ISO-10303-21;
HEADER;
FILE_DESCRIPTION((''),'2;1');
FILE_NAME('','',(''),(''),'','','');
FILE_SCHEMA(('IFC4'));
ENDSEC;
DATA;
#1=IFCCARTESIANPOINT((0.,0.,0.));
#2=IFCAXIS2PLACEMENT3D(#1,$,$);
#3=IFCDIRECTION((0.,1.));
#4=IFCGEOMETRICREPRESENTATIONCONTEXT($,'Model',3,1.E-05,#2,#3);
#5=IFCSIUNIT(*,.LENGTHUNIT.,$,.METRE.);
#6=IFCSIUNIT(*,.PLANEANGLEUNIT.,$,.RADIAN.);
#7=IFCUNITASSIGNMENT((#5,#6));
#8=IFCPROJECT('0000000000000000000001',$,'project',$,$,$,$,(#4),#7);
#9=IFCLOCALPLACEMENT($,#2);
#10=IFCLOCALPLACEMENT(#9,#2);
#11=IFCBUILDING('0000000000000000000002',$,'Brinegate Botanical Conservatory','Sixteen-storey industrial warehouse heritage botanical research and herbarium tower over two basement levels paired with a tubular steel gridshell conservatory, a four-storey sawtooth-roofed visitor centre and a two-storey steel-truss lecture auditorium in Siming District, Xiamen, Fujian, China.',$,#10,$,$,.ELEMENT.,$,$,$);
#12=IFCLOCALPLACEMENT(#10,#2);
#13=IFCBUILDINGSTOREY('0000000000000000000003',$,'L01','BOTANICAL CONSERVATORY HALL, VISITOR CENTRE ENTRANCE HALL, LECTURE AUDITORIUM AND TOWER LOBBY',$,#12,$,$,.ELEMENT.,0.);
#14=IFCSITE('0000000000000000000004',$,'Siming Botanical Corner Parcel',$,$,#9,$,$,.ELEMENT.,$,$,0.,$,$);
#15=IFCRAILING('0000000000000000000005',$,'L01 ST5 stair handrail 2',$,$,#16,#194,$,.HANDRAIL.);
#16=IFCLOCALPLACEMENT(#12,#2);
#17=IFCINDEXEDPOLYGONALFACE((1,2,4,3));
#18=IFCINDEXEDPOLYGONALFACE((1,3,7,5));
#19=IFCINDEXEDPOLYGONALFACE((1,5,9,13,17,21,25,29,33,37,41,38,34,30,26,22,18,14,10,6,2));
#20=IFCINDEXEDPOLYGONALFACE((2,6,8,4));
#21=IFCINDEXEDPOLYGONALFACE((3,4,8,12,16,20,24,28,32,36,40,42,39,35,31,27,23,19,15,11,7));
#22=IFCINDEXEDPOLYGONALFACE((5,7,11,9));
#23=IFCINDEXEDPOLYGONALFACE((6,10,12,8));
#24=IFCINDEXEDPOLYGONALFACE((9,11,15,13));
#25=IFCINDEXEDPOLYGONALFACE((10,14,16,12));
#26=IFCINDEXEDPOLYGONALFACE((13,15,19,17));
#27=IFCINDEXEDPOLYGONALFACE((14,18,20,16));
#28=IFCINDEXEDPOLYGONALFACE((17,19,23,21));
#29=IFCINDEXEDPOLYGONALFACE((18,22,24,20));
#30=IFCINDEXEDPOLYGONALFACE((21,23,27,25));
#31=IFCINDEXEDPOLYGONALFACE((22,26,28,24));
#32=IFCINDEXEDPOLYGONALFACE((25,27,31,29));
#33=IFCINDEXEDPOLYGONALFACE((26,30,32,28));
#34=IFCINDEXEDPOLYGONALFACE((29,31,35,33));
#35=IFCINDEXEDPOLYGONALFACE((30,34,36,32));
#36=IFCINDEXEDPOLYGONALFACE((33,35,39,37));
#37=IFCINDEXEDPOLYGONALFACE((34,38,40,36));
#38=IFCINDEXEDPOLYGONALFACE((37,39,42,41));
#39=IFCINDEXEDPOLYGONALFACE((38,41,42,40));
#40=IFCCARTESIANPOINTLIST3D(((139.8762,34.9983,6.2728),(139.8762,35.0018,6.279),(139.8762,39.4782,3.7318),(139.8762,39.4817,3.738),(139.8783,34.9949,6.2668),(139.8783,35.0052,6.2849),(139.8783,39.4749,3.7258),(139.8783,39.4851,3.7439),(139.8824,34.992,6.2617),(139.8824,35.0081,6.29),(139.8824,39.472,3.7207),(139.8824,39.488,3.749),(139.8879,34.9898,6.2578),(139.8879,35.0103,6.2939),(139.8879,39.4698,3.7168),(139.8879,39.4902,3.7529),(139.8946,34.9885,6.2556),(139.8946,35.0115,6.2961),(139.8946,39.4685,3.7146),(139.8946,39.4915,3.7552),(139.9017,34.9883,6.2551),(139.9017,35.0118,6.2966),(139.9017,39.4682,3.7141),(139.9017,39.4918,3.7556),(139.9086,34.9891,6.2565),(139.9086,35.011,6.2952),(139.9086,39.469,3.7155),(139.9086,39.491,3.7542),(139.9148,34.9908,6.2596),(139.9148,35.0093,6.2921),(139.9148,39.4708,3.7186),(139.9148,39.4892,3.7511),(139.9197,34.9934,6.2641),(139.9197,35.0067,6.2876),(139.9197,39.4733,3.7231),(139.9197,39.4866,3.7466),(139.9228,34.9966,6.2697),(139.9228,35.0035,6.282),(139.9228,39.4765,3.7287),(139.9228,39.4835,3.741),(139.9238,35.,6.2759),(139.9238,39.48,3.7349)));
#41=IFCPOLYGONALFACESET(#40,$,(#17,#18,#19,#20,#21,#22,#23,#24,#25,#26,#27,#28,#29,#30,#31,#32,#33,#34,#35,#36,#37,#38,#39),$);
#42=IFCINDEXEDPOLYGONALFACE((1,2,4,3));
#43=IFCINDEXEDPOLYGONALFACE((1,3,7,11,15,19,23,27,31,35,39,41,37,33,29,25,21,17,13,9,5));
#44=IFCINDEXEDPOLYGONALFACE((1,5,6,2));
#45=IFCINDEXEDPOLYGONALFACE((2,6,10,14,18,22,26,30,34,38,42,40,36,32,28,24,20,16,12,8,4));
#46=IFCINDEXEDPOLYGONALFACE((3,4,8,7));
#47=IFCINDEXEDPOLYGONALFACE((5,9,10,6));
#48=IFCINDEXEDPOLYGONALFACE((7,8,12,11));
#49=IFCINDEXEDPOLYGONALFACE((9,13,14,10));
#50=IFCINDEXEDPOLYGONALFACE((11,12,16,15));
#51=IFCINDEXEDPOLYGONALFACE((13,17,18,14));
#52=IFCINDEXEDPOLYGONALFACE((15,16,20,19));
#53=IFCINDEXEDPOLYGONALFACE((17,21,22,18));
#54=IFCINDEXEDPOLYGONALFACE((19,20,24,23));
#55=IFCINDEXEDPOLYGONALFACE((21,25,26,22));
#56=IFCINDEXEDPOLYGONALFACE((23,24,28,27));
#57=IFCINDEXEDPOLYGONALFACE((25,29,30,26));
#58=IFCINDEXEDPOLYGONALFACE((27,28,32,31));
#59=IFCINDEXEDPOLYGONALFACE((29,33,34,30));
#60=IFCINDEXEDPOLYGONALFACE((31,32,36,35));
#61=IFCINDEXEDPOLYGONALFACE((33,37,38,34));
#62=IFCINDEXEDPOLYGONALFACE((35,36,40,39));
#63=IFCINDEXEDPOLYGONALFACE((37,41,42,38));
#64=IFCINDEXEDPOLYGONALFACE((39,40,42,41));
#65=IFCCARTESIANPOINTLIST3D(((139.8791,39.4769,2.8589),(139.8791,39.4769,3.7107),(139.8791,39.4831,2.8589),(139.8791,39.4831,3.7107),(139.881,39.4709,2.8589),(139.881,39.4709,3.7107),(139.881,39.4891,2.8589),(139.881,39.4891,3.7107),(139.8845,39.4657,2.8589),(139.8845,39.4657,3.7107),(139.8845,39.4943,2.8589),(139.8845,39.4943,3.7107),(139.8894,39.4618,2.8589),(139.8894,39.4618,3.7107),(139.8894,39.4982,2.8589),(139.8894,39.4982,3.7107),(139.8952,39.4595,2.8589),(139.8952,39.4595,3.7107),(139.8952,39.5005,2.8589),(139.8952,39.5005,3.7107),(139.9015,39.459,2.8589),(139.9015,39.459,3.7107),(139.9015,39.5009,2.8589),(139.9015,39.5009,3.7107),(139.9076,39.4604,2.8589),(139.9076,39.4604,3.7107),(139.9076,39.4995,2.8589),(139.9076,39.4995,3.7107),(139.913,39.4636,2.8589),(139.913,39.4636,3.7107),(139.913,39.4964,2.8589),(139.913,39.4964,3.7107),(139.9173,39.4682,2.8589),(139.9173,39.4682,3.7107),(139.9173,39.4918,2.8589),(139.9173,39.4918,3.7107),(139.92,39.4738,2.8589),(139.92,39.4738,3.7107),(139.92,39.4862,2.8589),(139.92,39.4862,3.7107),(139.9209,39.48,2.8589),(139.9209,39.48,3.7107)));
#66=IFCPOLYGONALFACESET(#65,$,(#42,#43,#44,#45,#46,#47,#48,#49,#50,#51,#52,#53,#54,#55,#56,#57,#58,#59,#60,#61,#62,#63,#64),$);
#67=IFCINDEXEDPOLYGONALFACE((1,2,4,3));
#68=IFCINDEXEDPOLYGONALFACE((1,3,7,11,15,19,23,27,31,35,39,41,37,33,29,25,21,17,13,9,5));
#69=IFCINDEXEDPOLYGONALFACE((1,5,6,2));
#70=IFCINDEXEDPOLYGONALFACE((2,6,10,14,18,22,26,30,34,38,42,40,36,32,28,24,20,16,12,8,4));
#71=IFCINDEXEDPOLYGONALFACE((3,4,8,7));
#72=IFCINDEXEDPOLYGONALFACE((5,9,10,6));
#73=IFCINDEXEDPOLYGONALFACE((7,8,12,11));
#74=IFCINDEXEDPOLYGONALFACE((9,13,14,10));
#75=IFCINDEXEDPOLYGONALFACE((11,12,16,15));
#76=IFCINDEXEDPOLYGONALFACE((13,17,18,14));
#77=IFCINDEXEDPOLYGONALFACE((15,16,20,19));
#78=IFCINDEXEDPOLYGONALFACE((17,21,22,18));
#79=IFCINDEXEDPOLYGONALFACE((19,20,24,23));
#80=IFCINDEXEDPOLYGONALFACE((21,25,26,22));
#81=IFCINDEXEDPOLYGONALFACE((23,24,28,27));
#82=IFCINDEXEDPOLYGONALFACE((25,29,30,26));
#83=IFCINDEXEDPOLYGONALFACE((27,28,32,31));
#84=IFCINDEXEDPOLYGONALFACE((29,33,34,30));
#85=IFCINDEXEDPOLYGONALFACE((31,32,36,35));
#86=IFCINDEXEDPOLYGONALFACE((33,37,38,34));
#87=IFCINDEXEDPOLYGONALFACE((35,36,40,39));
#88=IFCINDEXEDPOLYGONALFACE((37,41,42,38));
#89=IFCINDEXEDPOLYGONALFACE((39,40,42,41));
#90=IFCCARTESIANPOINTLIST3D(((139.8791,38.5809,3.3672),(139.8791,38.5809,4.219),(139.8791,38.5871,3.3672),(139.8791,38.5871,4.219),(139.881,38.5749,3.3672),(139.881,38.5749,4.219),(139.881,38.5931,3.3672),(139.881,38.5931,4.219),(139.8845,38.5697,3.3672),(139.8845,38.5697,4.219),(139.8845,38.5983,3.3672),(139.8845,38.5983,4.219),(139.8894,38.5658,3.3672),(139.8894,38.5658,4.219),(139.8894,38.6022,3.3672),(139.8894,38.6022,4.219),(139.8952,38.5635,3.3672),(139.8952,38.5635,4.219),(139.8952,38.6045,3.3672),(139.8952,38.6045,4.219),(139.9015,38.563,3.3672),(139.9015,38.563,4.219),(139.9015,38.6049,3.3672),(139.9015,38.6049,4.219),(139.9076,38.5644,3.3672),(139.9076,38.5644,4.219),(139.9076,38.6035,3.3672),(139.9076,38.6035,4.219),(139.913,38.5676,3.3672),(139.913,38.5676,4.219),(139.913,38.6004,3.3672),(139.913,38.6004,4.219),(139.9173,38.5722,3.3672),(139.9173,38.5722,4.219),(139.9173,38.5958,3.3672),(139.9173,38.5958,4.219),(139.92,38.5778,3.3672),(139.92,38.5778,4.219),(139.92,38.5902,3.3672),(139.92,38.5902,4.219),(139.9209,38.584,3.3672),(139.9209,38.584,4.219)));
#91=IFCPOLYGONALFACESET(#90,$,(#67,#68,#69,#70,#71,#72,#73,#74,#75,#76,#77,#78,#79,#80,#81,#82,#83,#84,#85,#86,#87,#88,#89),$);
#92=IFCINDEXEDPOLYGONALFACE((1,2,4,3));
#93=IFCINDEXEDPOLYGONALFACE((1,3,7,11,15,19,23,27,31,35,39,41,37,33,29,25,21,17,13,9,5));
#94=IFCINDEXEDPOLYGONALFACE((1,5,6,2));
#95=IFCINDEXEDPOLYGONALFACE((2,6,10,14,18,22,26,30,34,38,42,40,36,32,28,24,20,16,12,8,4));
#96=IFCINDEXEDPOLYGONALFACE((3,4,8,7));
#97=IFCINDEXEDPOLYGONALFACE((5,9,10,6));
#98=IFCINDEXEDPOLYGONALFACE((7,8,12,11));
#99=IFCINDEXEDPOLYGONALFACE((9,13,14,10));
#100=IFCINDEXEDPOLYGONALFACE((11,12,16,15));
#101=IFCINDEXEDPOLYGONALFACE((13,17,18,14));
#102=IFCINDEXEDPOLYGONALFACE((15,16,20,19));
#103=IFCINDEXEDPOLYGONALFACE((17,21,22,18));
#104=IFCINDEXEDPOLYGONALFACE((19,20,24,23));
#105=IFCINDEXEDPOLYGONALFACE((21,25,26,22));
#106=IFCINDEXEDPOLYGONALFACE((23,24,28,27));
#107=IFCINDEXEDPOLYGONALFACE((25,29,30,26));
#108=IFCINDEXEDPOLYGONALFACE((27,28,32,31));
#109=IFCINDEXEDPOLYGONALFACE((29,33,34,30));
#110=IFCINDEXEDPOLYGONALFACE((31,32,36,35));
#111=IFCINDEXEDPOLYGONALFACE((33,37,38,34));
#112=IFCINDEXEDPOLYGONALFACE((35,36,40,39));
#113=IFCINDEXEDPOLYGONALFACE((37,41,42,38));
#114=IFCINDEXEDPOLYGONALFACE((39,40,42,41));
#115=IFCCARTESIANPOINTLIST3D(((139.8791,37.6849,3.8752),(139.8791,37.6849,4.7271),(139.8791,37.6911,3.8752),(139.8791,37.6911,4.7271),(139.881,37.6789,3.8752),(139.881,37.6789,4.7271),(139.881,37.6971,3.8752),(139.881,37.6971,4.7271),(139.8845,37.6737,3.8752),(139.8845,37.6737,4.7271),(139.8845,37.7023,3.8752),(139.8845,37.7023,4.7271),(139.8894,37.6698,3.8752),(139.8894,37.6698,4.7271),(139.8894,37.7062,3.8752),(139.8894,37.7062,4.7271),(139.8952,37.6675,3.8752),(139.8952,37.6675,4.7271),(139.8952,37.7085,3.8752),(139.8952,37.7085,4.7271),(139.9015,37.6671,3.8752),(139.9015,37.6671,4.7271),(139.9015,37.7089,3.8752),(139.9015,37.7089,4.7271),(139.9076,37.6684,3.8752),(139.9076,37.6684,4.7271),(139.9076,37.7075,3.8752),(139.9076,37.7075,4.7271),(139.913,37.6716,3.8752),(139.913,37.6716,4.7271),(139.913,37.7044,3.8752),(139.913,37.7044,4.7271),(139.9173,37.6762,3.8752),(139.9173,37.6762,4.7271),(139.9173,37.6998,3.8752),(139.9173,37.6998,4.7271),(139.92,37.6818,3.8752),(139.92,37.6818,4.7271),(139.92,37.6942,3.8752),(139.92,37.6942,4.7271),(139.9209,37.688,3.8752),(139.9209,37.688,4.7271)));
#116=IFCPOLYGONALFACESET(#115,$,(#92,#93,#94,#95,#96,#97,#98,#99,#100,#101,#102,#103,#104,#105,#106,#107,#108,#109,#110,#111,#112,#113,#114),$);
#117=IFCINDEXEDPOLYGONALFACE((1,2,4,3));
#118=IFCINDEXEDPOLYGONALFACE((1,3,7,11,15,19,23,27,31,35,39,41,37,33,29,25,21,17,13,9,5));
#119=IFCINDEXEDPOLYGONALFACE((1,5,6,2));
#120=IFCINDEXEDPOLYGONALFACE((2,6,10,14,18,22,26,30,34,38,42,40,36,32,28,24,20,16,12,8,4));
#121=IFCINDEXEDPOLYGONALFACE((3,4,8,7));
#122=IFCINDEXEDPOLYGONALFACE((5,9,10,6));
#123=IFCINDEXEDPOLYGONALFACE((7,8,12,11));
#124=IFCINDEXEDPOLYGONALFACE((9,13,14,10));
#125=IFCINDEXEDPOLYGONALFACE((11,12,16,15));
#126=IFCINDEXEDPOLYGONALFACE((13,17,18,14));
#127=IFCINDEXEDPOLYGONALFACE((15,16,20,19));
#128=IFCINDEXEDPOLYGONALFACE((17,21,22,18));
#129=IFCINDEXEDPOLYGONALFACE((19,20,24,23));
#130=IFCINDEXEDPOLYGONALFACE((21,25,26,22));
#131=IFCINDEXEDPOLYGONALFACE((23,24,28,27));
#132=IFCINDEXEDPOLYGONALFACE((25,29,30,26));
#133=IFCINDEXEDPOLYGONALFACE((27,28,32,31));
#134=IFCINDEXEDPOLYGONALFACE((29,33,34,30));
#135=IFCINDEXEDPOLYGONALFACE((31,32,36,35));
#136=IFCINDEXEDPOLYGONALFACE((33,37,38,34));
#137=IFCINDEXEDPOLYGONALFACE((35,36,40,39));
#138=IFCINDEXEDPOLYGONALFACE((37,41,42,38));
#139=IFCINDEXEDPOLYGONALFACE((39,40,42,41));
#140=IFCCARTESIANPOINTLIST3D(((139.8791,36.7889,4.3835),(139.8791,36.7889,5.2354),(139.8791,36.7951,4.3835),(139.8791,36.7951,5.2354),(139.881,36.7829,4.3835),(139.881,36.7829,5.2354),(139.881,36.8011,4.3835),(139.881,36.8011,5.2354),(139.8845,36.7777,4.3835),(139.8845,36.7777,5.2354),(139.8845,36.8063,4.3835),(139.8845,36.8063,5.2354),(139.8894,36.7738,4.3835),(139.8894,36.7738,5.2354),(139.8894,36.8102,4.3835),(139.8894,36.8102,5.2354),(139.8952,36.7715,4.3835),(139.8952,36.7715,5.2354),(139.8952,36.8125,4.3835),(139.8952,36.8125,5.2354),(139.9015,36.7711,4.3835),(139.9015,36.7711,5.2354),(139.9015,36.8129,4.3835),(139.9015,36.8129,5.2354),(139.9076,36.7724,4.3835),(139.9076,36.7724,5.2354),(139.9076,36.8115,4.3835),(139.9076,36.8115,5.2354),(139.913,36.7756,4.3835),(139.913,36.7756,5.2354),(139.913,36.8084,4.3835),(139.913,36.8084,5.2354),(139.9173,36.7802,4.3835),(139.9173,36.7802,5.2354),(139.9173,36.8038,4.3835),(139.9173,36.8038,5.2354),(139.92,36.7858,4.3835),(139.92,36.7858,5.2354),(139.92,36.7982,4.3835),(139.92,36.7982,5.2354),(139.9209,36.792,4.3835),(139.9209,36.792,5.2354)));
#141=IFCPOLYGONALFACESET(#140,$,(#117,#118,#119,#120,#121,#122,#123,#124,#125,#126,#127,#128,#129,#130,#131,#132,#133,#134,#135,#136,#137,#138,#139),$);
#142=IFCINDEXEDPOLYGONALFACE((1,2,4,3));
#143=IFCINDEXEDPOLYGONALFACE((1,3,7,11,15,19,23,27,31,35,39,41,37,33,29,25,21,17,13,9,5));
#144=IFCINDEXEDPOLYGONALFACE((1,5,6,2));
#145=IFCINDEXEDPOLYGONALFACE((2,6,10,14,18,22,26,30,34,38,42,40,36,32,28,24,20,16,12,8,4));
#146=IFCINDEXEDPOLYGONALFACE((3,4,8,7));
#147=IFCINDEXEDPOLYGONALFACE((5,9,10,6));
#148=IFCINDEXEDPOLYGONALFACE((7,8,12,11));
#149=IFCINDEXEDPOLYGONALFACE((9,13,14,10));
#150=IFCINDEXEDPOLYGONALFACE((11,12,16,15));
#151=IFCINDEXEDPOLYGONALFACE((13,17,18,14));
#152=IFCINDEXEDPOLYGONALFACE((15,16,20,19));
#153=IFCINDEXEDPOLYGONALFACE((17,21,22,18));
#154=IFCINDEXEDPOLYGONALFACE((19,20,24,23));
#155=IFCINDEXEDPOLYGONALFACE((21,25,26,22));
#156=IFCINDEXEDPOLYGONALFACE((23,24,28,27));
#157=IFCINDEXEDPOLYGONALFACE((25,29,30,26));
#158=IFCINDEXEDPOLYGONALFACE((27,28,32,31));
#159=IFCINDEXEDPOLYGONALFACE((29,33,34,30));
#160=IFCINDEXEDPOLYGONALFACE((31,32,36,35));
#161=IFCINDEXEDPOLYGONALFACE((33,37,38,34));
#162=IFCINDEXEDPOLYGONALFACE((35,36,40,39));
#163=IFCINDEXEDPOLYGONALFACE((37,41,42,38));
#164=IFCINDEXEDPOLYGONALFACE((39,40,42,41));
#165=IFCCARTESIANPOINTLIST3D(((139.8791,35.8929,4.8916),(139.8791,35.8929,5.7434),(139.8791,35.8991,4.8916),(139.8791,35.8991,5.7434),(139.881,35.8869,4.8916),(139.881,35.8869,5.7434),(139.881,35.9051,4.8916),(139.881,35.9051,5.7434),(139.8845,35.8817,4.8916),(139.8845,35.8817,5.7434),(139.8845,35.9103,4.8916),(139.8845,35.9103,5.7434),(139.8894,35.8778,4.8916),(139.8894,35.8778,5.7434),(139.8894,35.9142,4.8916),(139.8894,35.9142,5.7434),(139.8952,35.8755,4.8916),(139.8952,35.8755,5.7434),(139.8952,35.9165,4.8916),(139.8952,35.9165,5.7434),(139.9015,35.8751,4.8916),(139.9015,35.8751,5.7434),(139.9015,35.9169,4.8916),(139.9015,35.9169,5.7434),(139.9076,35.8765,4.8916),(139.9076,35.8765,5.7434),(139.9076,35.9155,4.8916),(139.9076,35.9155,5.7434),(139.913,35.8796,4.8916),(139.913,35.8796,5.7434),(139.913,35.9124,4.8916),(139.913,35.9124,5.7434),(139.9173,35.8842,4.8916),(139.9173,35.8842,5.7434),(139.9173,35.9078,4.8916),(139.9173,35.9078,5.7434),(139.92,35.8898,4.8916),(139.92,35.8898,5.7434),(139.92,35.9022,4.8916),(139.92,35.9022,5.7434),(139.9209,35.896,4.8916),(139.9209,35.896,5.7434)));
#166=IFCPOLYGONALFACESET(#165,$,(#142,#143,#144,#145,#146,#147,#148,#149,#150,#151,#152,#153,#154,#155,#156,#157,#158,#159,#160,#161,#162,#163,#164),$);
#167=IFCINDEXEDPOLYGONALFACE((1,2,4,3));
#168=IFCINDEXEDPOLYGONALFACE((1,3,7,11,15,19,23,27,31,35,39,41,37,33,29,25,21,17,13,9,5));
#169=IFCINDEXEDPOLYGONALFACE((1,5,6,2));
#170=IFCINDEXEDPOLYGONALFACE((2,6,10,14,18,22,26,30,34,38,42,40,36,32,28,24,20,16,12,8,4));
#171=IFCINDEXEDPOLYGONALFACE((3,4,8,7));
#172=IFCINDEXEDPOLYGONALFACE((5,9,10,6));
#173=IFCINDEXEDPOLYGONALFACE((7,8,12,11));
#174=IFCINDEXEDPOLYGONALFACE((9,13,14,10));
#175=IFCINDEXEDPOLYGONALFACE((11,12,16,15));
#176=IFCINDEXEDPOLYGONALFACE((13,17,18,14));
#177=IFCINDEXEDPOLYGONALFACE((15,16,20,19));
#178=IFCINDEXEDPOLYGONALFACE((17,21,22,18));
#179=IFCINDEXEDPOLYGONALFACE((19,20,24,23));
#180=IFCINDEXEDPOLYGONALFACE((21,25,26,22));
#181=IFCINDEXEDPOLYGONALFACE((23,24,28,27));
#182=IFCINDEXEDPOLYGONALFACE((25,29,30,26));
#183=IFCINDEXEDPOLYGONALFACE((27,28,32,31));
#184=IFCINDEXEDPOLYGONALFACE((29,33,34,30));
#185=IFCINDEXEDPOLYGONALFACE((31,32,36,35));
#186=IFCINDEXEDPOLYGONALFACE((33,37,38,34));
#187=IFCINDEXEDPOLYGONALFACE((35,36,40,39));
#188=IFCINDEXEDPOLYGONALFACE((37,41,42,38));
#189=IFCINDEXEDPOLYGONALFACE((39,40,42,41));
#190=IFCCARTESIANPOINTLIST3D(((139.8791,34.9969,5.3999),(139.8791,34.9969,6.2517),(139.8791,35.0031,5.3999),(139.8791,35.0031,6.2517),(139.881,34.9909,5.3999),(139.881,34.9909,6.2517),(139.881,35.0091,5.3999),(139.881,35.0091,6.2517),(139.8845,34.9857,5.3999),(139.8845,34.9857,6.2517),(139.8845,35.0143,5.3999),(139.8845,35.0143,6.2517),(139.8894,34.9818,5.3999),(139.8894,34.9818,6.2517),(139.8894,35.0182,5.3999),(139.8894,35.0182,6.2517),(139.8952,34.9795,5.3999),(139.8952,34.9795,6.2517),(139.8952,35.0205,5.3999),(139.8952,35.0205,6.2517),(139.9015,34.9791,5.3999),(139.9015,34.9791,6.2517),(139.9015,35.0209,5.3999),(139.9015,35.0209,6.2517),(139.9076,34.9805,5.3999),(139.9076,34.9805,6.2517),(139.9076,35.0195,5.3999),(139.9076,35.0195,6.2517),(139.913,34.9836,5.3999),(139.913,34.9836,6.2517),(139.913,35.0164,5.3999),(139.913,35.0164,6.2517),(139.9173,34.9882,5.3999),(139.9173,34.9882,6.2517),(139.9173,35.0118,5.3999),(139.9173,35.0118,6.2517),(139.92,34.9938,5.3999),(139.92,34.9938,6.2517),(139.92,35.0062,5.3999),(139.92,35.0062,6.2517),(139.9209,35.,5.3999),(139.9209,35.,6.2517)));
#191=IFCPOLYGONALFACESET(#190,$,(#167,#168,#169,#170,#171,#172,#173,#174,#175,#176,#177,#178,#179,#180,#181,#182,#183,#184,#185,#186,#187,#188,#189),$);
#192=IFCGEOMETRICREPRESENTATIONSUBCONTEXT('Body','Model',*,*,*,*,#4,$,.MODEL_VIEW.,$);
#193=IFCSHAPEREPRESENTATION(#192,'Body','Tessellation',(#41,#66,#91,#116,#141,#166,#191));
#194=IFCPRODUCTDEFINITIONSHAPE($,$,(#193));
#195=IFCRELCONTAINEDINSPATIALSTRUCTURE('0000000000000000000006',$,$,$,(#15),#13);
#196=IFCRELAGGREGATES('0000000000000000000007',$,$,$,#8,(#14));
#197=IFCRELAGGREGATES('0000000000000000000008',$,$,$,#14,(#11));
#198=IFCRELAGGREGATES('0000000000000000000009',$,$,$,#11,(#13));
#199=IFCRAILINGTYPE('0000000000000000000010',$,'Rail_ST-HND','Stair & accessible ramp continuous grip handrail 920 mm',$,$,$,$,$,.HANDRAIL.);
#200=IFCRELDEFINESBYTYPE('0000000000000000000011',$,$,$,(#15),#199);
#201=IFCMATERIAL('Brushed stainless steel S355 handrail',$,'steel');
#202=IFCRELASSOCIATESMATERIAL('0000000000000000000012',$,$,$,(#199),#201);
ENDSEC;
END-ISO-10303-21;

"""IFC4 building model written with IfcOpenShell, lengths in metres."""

from ifc_helpers import new_model, si_unit, direction, frame, origin, origin_2d, place, context, subcontext, project, spatial, circle, extrude, material, type_object, element, save


model = new_model("IFC4")

# Units and contexts
model_context = context("Model", 3, precision=1e-05, world=origin(), true_north=direction((0.0, 1.0)))
body_context = subcontext(model_context, "Body", "Model", "MODEL_VIEW")
ifc_project = project(units=[si_unit("LENGTHUNIT", "METRE"), si_unit("PLANEANGLEUNIT", "RADIAN")], contexts=[model_context])

# Site, building, storey
site_placement = place(None, origin())
site = spatial("IfcSite", under=ifc_project, at=site_placement, Name="Siming Botanical Corner Parcel", CompositionType="ELEMENT", RefElevation=0.0)
building_placement = place(site_placement, origin())
building = spatial("IfcBuilding", under=site, at=building_placement, Name="Brinegate Botanical Conservatory", Description="Sixteen-storey industrial warehouse heritage botanical research and herbarium tower over two basement levels paired with a tubular steel gridshell conservatory, a four-storey sawtooth-roofed visitor centre and a two-storey steel-truss lecture auditorium in Siming District, Xiamen, Fujian, China.", CompositionType="ELEMENT")
storey_placement = place(building_placement, origin())
storey = spatial("IfcBuildingStorey", under=building, at=storey_placement, Name="L01", Description="BOTANICAL CONSERVATORY HALL, VISITOR CENTRE ENTRANCE HALL, LECTURE AUDITORIUM AND TOWER LOBBY", CompositionType="ELEMENT", Elevation=0.0)

# Railing
ifc_material_1 = material(Name="Brushed stainless steel S355 handrail", Category="steel")
railing_type_1 = type_object("IfcRailingType", Name="Rail_ST-HND", Description="Stair & accessible ramp continuous grip handrail 920 mm", PredefinedType="HANDRAIL", material=ifc_material_1)
railing_1_placement = place(storey_placement, frame((139.8999, 39.48, 2.8589)))
element("IfcRailing", 1, at=railing_1_placement, inside=storey, type_object=railing_type_1, Name="L01 ST5 stair handrail 2", PredefinedType="HANDRAIL", context=body_context, shape_type="SweptSolid", body=[
    extrude(circle(Radius=0.0239, at=origin_2d()), frame((0.0, 0.0, 0.876), z_axis=(0.0, -0.869826, 0.493359), x_axis=(1.0, 0.0, 0.0)), (0.0, 0.0, 1.0), 5.1504),
    extrude(circle(Radius=0.021, at=origin_2d()), origin(), (0.0, 0.0, 1.0), 0.8518),
    extrude(circle(Radius=0.021, at=origin_2d()), frame((0.0, -0.896, 0.5083)), (0.0, 0.0, 1.0), 0.8518),
    extrude(circle(Radius=0.021, at=origin_2d()), frame((0.0, -1.792, 1.0164)), (0.0, 0.0, 1.0), 0.8518),
    extrude(circle(Radius=0.021, at=origin_2d()), frame((0.0, -2.688, 1.5247)), (0.0, 0.0, 1.0), 0.8518),
    extrude(circle(Radius=0.021, at=origin_2d()), frame((0.0, -3.584, 2.0327)), (0.0, 0.0, 1.0), 0.8518),
    extrude(circle(Radius=0.021, at=origin_2d()), frame((0.0, -4.48, 2.541)), (0.0, 0.0, 1.0), 0.8518),
])

save(model, "model.ifc")
